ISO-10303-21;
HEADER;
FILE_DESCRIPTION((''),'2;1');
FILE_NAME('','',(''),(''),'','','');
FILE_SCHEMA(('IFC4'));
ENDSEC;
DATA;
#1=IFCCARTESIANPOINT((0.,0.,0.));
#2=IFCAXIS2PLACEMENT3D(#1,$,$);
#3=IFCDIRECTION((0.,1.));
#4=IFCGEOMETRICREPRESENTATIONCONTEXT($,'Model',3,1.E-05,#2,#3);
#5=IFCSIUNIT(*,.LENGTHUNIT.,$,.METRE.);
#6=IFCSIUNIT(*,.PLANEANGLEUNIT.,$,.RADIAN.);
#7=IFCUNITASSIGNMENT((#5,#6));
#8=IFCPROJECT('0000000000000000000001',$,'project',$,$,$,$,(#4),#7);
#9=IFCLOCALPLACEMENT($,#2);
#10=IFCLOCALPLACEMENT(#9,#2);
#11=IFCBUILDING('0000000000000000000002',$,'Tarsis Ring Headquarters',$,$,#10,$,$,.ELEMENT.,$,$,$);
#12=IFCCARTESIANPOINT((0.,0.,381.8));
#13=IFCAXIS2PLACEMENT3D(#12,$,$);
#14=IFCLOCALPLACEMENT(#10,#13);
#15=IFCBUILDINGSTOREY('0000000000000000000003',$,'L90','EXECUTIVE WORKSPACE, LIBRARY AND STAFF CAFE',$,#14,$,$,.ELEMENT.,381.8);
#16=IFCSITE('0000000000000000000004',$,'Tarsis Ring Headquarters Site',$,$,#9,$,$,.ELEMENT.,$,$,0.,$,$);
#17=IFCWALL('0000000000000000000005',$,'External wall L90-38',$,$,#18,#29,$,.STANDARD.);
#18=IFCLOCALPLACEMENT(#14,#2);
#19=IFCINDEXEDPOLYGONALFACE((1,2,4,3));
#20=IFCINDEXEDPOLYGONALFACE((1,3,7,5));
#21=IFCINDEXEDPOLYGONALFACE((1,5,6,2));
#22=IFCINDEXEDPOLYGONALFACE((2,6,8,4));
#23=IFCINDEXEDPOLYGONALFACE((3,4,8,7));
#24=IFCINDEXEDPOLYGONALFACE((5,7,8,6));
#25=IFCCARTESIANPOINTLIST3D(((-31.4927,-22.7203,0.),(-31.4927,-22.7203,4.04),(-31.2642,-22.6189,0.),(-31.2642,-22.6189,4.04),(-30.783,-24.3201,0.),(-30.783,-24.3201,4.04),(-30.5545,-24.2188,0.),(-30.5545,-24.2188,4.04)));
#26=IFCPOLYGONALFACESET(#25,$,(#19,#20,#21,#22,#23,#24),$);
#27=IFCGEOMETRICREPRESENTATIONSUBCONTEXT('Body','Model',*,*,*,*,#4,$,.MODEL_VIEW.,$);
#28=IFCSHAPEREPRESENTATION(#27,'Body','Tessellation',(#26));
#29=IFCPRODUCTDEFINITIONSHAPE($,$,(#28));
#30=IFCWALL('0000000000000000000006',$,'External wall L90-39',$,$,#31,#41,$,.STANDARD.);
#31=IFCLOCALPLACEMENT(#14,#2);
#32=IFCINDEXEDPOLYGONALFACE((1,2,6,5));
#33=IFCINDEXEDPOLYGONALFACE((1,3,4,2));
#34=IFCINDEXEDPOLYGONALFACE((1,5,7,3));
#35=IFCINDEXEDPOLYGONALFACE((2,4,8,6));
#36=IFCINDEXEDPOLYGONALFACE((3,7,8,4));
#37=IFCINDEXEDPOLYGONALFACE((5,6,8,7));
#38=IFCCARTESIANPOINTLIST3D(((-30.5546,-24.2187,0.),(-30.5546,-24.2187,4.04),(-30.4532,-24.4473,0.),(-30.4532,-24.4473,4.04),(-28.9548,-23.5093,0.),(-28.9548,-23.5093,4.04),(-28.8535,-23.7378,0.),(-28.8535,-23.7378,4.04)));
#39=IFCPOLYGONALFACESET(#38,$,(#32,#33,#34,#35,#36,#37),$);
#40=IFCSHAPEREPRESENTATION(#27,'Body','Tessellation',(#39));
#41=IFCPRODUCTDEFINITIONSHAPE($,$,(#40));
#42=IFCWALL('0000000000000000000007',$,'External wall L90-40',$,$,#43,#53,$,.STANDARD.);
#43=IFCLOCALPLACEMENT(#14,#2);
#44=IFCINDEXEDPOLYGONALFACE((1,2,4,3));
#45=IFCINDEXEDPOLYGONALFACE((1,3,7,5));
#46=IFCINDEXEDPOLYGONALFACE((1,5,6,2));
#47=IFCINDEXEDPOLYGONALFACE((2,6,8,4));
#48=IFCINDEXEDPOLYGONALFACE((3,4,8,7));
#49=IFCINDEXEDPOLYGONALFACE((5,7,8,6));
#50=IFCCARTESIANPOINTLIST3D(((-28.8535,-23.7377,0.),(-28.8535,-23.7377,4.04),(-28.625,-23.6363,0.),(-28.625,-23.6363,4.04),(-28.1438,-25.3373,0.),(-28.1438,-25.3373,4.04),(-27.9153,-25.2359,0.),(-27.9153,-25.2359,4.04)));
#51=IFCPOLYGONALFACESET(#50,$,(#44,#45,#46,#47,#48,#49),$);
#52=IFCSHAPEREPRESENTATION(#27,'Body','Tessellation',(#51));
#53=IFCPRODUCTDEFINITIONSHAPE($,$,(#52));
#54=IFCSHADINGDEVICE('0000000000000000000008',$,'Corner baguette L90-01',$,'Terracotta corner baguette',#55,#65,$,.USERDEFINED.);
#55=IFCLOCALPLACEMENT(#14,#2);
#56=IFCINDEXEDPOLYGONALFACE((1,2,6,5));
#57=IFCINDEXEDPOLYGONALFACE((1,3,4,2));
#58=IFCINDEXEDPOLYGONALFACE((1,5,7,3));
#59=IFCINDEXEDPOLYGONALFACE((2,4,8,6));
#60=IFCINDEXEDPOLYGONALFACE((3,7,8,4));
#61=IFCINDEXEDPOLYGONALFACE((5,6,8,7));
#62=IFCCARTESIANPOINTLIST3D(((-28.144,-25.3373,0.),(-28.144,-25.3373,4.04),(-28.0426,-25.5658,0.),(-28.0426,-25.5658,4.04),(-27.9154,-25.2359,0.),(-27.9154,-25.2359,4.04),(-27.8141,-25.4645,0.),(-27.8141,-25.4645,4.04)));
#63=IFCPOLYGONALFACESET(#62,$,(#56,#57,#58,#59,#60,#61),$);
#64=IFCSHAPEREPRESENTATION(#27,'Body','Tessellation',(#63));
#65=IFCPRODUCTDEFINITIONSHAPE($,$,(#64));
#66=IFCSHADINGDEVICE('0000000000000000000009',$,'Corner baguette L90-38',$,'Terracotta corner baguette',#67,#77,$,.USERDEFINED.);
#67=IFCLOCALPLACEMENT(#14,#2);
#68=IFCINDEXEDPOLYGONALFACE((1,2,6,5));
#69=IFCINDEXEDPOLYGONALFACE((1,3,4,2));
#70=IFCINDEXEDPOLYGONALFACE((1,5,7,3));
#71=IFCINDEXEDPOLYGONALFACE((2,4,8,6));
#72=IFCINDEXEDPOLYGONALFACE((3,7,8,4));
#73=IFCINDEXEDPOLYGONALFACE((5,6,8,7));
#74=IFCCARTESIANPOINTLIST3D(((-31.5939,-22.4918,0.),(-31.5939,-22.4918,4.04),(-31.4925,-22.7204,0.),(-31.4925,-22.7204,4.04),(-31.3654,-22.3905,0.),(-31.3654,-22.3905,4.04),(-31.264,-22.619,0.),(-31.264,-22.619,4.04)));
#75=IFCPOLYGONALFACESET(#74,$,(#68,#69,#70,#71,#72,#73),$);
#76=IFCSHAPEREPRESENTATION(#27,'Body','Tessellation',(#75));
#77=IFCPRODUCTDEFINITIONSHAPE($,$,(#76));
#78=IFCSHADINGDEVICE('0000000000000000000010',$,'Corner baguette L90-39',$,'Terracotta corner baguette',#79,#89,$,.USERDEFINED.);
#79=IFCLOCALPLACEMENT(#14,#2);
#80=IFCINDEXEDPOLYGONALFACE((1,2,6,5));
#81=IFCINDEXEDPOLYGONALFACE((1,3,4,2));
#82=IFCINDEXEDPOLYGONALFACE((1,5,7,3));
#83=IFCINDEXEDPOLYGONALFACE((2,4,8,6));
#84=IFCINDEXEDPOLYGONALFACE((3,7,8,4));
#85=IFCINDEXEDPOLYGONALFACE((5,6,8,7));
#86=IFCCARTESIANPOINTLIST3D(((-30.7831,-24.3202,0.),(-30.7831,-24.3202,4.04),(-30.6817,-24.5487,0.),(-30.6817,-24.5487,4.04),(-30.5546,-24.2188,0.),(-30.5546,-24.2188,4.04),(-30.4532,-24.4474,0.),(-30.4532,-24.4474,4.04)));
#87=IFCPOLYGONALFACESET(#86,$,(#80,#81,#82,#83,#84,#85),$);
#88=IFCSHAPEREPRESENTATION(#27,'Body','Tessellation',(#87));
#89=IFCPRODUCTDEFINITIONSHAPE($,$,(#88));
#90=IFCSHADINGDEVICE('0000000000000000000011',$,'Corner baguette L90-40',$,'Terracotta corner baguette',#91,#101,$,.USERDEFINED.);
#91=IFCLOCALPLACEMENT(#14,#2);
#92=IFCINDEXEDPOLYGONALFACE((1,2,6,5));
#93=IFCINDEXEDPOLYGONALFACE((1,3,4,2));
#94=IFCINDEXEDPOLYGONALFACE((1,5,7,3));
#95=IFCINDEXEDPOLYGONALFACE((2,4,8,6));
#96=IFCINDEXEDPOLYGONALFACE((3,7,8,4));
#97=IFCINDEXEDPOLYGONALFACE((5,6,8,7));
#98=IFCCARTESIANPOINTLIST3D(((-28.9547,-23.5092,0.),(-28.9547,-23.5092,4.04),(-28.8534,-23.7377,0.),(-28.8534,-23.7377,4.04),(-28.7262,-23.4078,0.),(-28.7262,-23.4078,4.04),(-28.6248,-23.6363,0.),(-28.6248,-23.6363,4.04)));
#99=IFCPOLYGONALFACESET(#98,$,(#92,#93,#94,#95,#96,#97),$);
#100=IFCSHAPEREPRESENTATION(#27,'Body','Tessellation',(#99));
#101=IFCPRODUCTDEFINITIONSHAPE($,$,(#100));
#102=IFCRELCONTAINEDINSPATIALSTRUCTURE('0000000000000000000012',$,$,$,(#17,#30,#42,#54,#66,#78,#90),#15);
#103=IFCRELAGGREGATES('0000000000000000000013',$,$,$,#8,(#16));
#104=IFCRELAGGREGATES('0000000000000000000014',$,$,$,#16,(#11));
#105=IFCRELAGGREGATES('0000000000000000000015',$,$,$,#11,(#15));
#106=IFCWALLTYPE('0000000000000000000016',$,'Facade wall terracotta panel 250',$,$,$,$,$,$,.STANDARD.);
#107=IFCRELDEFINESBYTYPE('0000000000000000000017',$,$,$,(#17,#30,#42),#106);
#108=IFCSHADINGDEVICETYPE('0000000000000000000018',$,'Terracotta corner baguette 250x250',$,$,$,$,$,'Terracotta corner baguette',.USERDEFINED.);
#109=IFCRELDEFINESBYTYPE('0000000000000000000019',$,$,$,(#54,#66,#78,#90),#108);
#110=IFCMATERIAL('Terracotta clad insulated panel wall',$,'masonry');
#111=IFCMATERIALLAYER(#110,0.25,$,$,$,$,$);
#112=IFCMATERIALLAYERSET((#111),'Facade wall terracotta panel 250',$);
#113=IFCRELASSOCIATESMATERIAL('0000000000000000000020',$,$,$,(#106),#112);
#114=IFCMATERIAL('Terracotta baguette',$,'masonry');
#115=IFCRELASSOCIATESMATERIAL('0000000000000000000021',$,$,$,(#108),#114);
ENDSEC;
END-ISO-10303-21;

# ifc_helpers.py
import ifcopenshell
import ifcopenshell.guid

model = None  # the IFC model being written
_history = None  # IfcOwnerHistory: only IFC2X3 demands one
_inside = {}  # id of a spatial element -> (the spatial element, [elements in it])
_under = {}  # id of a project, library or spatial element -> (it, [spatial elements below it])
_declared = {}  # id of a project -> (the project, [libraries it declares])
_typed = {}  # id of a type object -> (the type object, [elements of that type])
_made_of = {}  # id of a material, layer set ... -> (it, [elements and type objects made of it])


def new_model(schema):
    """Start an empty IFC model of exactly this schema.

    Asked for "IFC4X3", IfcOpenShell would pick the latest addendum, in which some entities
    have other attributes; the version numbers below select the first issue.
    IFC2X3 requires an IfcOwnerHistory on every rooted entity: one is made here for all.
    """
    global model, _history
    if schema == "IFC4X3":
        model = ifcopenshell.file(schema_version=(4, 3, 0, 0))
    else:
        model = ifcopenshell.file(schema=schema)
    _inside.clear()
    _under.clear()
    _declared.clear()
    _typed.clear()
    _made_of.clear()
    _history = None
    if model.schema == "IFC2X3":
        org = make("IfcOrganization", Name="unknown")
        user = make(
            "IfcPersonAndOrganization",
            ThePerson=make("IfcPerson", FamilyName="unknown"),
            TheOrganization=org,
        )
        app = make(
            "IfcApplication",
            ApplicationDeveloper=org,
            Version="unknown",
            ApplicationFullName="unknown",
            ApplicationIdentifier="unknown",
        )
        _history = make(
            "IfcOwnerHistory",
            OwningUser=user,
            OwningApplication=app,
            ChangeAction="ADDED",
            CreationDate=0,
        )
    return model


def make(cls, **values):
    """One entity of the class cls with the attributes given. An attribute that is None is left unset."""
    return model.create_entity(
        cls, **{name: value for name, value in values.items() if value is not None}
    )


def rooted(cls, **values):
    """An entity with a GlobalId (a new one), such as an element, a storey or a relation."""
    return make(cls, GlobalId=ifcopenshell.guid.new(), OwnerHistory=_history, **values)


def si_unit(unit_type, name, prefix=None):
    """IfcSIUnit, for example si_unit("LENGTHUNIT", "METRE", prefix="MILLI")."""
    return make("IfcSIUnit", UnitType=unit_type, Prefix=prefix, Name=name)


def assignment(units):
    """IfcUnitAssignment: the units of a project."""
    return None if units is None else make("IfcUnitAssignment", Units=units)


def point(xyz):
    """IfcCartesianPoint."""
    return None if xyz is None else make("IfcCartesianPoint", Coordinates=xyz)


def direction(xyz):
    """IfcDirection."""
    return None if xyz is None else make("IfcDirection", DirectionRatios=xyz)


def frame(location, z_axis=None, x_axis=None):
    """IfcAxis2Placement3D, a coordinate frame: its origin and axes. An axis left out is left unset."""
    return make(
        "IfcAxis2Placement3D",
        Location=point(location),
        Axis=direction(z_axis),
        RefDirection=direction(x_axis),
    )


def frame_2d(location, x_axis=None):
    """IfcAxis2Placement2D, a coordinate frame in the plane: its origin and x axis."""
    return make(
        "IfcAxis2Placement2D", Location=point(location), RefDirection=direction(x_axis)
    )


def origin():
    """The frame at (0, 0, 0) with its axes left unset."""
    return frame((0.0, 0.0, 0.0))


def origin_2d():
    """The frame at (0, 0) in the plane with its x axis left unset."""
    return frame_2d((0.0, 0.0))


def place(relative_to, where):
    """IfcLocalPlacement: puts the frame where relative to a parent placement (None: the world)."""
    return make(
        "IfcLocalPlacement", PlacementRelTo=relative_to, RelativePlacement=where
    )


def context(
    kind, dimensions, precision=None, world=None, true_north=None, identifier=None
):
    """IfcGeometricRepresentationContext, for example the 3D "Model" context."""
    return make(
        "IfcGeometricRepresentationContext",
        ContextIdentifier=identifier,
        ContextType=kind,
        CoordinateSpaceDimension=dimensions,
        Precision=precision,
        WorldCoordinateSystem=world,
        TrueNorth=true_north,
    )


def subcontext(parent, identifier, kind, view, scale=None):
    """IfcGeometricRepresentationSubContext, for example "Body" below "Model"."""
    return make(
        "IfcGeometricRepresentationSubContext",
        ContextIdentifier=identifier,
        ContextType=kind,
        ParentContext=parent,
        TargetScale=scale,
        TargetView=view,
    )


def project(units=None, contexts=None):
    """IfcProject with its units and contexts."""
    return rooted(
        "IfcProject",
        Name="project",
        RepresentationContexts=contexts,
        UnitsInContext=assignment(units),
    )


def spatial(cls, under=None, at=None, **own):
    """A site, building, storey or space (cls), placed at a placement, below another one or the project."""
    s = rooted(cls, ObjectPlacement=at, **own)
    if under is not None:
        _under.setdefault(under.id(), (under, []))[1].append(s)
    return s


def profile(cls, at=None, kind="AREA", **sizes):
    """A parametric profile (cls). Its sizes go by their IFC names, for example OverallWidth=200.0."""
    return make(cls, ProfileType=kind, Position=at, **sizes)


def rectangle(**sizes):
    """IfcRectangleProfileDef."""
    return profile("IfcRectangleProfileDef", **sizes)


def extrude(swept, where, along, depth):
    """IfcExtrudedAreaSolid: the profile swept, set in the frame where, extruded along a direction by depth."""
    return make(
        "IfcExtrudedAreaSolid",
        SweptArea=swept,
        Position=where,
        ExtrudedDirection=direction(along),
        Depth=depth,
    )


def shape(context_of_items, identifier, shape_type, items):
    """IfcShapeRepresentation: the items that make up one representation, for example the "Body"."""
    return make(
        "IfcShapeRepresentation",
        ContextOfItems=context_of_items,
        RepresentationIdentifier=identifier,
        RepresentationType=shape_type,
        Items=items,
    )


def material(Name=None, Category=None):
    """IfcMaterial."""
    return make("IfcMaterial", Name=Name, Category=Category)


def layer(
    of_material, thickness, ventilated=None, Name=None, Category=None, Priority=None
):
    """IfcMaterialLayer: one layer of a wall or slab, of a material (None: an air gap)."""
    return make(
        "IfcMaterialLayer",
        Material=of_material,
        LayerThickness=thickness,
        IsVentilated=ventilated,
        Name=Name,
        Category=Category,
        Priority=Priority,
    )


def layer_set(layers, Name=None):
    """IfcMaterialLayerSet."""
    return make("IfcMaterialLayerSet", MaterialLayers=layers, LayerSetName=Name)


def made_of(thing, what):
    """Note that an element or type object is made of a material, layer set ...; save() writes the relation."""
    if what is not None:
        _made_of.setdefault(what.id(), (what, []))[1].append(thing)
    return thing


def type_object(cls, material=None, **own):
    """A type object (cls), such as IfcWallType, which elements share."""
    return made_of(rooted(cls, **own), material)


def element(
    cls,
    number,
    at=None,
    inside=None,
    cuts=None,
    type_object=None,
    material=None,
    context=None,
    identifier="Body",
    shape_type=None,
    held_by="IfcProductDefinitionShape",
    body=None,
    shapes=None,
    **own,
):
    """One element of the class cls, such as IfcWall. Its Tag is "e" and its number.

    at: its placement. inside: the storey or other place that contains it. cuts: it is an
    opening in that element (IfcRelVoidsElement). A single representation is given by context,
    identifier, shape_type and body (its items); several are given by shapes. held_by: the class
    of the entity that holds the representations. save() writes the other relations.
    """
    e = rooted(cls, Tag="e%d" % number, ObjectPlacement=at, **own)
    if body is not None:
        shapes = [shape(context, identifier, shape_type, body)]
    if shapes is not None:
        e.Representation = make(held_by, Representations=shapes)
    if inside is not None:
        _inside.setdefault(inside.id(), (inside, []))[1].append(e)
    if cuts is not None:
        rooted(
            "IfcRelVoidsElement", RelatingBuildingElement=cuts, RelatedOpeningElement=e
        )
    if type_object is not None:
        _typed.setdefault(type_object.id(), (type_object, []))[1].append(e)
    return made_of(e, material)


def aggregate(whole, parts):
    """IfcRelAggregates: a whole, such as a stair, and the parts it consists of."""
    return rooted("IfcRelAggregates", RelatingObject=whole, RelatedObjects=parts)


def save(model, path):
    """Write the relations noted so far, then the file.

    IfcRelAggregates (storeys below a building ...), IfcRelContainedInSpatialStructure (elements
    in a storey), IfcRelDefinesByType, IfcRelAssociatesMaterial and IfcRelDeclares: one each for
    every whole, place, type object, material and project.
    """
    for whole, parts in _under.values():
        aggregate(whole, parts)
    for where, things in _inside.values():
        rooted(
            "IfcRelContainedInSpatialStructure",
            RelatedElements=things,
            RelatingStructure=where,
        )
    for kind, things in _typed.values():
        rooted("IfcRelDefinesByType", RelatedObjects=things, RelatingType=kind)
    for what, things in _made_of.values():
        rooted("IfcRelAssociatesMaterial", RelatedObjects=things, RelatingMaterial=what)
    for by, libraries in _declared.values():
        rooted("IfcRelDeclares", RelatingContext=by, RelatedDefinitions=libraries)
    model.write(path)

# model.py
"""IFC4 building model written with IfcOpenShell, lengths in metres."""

from ifc_helpers import new_model, si_unit, direction, frame, frame_2d, origin, origin_2d, place, context, subcontext, project, spatial, rectangle, extrude, material, layer, layer_set, type_object, element, save


model = new_model("IFC4")

# Units and contexts
model_context = context("Model", 3, precision=1e-05, world=origin(), true_north=direction((0.0, 1.0)))
body_context = subcontext(model_context, "Body", "Model", "MODEL_VIEW")
ifc_project = project(units=[si_unit("LENGTHUNIT", "METRE"), si_unit("PLANEANGLEUNIT", "RADIAN")], contexts=[model_context])

# Site, building, storey
site_placement = place(None, origin())
site = spatial("IfcSite", under=ifc_project, at=site_placement, Name="Tarsis Ring Headquarters Site", CompositionType="ELEMENT", RefElevation=0.0)
building_placement = place(site_placement, origin())
building = spatial("IfcBuilding", under=site, at=building_placement, Name="Tarsis Ring Headquarters", CompositionType="ELEMENT")
storey_placement = place(building_placement, frame((0.0, 0.0, 381.8)))
storey = spatial("IfcBuildingStorey", under=building, at=storey_placement, Name="L90", Description="EXECUTIVE WORKSPACE, LIBRARY AND STAFF CAFE", CompositionType="ELEMENT", Elevation=381.8)

# Shared definitions
ifc_material_1 = material(Name="Terracotta clad insulated panel wall", Category="masonry")
ifc_layer_1 = layer(ifc_material_1, 0.25)
ifc_layer_set_1 = layer_set([ifc_layer_1], Name="Facade wall terracotta panel 250")
wall_type_1 = type_object("IfcWallType", Name="Facade wall terracotta panel 250", PredefinedType="STANDARD", material=ifc_layer_set_1)

# Walls
wall_1_placement = place(storey_placement, frame((-31.3784, -22.6697, 0.0), z_axis=(0.0, 0.0, 1.0), x_axis=(0.405504, -0.914093, 0.0)))
element("IfcWall", 1, at=wall_1_placement, inside=storey, type_object=wall_type_1, Name="External wall L90-38", PredefinedType="STANDARD", context=body_context, shape_type="SweptSolid", body=[
    extrude(rectangle(XDim=1.7502, YDim=0.25, at=frame_2d((0.875, 0.0))), origin(), (0.0, 0.0, 1.0), 4.04),
])
for number, where, z_axis, x_axis, name in (
    (2, (-30.5039, -24.333, 0.0), (0.0, 0.0, 1.0), (0.914145, 0.405388, 0.0), "External wall L90-39"),
    (3, (-28.7393, -23.687, 0.0), (0.0, 0.0, 1.0), (0.405556, -0.91407, 0.0), "External wall L90-40"),
):
    element("IfcWall", number, at=place(storey_placement, frame(where, z_axis=z_axis, x_axis=x_axis)), inside=storey, type_object=wall_type_1, Name=name, PredefinedType="STANDARD", context=body_context, shape_type="SweptSolid", body=[
        extrude(rectangle(XDim=1.75, YDim=0.25, at=frame_2d((0.875, 0.0))), origin(), (0.0, 0.0, 1.0), 4.04),
    ])

# Shading devices
ifc_material_2 = material(Name="Terracotta baguette", Category="masonry")
shading_device_type_1 = type_object("IfcShadingDeviceType", Name="Terracotta corner baguette 250x250", ElementType="Terracotta corner baguette", PredefinedType="USERDEFINED", material=ifc_material_2)
for number, where, z_axis, x_axis, name in (
    (4, (-27.979, -25.4009, 0.0), (0.0, 0.0, 1.0), (0.405461, -0.914112, 0.0), "Corner baguette L90-01"),
    (5, (-31.429, -22.5554, 0.0), (0.0, 0.0, 1.0), (0.914112, 0.405461, 0.0), "Corner baguette L90-38"),
    (6, (-30.6182, -24.3838, 0.0), (0.0, 0.0, 1.0), (0.405461, -0.914112, 0.0), "Corner baguette L90-39"),
    (7, (-28.7898, -23.5728, 0.0), (0.0, 0.0, 1.0), (0.914112, 0.405461, 0.0), "Corner baguette L90-40"),
):
    element("IfcShadingDevice", number, at=place(storey_placement, frame(where, z_axis=z_axis, x_axis=x_axis)), inside=storey, type_object=shading_device_type_1, Name=name, ObjectType="Terracotta corner baguette", PredefinedType="USERDEFINED", context=body_context, shape_type="SweptSolid", body=[
        extrude(rectangle(XDim=0.25, YDim=0.25, at=origin_2d()), origin(), (0.0, 0.0, 1.0), 4.04),
    ])

save(model, "model.ifc")
